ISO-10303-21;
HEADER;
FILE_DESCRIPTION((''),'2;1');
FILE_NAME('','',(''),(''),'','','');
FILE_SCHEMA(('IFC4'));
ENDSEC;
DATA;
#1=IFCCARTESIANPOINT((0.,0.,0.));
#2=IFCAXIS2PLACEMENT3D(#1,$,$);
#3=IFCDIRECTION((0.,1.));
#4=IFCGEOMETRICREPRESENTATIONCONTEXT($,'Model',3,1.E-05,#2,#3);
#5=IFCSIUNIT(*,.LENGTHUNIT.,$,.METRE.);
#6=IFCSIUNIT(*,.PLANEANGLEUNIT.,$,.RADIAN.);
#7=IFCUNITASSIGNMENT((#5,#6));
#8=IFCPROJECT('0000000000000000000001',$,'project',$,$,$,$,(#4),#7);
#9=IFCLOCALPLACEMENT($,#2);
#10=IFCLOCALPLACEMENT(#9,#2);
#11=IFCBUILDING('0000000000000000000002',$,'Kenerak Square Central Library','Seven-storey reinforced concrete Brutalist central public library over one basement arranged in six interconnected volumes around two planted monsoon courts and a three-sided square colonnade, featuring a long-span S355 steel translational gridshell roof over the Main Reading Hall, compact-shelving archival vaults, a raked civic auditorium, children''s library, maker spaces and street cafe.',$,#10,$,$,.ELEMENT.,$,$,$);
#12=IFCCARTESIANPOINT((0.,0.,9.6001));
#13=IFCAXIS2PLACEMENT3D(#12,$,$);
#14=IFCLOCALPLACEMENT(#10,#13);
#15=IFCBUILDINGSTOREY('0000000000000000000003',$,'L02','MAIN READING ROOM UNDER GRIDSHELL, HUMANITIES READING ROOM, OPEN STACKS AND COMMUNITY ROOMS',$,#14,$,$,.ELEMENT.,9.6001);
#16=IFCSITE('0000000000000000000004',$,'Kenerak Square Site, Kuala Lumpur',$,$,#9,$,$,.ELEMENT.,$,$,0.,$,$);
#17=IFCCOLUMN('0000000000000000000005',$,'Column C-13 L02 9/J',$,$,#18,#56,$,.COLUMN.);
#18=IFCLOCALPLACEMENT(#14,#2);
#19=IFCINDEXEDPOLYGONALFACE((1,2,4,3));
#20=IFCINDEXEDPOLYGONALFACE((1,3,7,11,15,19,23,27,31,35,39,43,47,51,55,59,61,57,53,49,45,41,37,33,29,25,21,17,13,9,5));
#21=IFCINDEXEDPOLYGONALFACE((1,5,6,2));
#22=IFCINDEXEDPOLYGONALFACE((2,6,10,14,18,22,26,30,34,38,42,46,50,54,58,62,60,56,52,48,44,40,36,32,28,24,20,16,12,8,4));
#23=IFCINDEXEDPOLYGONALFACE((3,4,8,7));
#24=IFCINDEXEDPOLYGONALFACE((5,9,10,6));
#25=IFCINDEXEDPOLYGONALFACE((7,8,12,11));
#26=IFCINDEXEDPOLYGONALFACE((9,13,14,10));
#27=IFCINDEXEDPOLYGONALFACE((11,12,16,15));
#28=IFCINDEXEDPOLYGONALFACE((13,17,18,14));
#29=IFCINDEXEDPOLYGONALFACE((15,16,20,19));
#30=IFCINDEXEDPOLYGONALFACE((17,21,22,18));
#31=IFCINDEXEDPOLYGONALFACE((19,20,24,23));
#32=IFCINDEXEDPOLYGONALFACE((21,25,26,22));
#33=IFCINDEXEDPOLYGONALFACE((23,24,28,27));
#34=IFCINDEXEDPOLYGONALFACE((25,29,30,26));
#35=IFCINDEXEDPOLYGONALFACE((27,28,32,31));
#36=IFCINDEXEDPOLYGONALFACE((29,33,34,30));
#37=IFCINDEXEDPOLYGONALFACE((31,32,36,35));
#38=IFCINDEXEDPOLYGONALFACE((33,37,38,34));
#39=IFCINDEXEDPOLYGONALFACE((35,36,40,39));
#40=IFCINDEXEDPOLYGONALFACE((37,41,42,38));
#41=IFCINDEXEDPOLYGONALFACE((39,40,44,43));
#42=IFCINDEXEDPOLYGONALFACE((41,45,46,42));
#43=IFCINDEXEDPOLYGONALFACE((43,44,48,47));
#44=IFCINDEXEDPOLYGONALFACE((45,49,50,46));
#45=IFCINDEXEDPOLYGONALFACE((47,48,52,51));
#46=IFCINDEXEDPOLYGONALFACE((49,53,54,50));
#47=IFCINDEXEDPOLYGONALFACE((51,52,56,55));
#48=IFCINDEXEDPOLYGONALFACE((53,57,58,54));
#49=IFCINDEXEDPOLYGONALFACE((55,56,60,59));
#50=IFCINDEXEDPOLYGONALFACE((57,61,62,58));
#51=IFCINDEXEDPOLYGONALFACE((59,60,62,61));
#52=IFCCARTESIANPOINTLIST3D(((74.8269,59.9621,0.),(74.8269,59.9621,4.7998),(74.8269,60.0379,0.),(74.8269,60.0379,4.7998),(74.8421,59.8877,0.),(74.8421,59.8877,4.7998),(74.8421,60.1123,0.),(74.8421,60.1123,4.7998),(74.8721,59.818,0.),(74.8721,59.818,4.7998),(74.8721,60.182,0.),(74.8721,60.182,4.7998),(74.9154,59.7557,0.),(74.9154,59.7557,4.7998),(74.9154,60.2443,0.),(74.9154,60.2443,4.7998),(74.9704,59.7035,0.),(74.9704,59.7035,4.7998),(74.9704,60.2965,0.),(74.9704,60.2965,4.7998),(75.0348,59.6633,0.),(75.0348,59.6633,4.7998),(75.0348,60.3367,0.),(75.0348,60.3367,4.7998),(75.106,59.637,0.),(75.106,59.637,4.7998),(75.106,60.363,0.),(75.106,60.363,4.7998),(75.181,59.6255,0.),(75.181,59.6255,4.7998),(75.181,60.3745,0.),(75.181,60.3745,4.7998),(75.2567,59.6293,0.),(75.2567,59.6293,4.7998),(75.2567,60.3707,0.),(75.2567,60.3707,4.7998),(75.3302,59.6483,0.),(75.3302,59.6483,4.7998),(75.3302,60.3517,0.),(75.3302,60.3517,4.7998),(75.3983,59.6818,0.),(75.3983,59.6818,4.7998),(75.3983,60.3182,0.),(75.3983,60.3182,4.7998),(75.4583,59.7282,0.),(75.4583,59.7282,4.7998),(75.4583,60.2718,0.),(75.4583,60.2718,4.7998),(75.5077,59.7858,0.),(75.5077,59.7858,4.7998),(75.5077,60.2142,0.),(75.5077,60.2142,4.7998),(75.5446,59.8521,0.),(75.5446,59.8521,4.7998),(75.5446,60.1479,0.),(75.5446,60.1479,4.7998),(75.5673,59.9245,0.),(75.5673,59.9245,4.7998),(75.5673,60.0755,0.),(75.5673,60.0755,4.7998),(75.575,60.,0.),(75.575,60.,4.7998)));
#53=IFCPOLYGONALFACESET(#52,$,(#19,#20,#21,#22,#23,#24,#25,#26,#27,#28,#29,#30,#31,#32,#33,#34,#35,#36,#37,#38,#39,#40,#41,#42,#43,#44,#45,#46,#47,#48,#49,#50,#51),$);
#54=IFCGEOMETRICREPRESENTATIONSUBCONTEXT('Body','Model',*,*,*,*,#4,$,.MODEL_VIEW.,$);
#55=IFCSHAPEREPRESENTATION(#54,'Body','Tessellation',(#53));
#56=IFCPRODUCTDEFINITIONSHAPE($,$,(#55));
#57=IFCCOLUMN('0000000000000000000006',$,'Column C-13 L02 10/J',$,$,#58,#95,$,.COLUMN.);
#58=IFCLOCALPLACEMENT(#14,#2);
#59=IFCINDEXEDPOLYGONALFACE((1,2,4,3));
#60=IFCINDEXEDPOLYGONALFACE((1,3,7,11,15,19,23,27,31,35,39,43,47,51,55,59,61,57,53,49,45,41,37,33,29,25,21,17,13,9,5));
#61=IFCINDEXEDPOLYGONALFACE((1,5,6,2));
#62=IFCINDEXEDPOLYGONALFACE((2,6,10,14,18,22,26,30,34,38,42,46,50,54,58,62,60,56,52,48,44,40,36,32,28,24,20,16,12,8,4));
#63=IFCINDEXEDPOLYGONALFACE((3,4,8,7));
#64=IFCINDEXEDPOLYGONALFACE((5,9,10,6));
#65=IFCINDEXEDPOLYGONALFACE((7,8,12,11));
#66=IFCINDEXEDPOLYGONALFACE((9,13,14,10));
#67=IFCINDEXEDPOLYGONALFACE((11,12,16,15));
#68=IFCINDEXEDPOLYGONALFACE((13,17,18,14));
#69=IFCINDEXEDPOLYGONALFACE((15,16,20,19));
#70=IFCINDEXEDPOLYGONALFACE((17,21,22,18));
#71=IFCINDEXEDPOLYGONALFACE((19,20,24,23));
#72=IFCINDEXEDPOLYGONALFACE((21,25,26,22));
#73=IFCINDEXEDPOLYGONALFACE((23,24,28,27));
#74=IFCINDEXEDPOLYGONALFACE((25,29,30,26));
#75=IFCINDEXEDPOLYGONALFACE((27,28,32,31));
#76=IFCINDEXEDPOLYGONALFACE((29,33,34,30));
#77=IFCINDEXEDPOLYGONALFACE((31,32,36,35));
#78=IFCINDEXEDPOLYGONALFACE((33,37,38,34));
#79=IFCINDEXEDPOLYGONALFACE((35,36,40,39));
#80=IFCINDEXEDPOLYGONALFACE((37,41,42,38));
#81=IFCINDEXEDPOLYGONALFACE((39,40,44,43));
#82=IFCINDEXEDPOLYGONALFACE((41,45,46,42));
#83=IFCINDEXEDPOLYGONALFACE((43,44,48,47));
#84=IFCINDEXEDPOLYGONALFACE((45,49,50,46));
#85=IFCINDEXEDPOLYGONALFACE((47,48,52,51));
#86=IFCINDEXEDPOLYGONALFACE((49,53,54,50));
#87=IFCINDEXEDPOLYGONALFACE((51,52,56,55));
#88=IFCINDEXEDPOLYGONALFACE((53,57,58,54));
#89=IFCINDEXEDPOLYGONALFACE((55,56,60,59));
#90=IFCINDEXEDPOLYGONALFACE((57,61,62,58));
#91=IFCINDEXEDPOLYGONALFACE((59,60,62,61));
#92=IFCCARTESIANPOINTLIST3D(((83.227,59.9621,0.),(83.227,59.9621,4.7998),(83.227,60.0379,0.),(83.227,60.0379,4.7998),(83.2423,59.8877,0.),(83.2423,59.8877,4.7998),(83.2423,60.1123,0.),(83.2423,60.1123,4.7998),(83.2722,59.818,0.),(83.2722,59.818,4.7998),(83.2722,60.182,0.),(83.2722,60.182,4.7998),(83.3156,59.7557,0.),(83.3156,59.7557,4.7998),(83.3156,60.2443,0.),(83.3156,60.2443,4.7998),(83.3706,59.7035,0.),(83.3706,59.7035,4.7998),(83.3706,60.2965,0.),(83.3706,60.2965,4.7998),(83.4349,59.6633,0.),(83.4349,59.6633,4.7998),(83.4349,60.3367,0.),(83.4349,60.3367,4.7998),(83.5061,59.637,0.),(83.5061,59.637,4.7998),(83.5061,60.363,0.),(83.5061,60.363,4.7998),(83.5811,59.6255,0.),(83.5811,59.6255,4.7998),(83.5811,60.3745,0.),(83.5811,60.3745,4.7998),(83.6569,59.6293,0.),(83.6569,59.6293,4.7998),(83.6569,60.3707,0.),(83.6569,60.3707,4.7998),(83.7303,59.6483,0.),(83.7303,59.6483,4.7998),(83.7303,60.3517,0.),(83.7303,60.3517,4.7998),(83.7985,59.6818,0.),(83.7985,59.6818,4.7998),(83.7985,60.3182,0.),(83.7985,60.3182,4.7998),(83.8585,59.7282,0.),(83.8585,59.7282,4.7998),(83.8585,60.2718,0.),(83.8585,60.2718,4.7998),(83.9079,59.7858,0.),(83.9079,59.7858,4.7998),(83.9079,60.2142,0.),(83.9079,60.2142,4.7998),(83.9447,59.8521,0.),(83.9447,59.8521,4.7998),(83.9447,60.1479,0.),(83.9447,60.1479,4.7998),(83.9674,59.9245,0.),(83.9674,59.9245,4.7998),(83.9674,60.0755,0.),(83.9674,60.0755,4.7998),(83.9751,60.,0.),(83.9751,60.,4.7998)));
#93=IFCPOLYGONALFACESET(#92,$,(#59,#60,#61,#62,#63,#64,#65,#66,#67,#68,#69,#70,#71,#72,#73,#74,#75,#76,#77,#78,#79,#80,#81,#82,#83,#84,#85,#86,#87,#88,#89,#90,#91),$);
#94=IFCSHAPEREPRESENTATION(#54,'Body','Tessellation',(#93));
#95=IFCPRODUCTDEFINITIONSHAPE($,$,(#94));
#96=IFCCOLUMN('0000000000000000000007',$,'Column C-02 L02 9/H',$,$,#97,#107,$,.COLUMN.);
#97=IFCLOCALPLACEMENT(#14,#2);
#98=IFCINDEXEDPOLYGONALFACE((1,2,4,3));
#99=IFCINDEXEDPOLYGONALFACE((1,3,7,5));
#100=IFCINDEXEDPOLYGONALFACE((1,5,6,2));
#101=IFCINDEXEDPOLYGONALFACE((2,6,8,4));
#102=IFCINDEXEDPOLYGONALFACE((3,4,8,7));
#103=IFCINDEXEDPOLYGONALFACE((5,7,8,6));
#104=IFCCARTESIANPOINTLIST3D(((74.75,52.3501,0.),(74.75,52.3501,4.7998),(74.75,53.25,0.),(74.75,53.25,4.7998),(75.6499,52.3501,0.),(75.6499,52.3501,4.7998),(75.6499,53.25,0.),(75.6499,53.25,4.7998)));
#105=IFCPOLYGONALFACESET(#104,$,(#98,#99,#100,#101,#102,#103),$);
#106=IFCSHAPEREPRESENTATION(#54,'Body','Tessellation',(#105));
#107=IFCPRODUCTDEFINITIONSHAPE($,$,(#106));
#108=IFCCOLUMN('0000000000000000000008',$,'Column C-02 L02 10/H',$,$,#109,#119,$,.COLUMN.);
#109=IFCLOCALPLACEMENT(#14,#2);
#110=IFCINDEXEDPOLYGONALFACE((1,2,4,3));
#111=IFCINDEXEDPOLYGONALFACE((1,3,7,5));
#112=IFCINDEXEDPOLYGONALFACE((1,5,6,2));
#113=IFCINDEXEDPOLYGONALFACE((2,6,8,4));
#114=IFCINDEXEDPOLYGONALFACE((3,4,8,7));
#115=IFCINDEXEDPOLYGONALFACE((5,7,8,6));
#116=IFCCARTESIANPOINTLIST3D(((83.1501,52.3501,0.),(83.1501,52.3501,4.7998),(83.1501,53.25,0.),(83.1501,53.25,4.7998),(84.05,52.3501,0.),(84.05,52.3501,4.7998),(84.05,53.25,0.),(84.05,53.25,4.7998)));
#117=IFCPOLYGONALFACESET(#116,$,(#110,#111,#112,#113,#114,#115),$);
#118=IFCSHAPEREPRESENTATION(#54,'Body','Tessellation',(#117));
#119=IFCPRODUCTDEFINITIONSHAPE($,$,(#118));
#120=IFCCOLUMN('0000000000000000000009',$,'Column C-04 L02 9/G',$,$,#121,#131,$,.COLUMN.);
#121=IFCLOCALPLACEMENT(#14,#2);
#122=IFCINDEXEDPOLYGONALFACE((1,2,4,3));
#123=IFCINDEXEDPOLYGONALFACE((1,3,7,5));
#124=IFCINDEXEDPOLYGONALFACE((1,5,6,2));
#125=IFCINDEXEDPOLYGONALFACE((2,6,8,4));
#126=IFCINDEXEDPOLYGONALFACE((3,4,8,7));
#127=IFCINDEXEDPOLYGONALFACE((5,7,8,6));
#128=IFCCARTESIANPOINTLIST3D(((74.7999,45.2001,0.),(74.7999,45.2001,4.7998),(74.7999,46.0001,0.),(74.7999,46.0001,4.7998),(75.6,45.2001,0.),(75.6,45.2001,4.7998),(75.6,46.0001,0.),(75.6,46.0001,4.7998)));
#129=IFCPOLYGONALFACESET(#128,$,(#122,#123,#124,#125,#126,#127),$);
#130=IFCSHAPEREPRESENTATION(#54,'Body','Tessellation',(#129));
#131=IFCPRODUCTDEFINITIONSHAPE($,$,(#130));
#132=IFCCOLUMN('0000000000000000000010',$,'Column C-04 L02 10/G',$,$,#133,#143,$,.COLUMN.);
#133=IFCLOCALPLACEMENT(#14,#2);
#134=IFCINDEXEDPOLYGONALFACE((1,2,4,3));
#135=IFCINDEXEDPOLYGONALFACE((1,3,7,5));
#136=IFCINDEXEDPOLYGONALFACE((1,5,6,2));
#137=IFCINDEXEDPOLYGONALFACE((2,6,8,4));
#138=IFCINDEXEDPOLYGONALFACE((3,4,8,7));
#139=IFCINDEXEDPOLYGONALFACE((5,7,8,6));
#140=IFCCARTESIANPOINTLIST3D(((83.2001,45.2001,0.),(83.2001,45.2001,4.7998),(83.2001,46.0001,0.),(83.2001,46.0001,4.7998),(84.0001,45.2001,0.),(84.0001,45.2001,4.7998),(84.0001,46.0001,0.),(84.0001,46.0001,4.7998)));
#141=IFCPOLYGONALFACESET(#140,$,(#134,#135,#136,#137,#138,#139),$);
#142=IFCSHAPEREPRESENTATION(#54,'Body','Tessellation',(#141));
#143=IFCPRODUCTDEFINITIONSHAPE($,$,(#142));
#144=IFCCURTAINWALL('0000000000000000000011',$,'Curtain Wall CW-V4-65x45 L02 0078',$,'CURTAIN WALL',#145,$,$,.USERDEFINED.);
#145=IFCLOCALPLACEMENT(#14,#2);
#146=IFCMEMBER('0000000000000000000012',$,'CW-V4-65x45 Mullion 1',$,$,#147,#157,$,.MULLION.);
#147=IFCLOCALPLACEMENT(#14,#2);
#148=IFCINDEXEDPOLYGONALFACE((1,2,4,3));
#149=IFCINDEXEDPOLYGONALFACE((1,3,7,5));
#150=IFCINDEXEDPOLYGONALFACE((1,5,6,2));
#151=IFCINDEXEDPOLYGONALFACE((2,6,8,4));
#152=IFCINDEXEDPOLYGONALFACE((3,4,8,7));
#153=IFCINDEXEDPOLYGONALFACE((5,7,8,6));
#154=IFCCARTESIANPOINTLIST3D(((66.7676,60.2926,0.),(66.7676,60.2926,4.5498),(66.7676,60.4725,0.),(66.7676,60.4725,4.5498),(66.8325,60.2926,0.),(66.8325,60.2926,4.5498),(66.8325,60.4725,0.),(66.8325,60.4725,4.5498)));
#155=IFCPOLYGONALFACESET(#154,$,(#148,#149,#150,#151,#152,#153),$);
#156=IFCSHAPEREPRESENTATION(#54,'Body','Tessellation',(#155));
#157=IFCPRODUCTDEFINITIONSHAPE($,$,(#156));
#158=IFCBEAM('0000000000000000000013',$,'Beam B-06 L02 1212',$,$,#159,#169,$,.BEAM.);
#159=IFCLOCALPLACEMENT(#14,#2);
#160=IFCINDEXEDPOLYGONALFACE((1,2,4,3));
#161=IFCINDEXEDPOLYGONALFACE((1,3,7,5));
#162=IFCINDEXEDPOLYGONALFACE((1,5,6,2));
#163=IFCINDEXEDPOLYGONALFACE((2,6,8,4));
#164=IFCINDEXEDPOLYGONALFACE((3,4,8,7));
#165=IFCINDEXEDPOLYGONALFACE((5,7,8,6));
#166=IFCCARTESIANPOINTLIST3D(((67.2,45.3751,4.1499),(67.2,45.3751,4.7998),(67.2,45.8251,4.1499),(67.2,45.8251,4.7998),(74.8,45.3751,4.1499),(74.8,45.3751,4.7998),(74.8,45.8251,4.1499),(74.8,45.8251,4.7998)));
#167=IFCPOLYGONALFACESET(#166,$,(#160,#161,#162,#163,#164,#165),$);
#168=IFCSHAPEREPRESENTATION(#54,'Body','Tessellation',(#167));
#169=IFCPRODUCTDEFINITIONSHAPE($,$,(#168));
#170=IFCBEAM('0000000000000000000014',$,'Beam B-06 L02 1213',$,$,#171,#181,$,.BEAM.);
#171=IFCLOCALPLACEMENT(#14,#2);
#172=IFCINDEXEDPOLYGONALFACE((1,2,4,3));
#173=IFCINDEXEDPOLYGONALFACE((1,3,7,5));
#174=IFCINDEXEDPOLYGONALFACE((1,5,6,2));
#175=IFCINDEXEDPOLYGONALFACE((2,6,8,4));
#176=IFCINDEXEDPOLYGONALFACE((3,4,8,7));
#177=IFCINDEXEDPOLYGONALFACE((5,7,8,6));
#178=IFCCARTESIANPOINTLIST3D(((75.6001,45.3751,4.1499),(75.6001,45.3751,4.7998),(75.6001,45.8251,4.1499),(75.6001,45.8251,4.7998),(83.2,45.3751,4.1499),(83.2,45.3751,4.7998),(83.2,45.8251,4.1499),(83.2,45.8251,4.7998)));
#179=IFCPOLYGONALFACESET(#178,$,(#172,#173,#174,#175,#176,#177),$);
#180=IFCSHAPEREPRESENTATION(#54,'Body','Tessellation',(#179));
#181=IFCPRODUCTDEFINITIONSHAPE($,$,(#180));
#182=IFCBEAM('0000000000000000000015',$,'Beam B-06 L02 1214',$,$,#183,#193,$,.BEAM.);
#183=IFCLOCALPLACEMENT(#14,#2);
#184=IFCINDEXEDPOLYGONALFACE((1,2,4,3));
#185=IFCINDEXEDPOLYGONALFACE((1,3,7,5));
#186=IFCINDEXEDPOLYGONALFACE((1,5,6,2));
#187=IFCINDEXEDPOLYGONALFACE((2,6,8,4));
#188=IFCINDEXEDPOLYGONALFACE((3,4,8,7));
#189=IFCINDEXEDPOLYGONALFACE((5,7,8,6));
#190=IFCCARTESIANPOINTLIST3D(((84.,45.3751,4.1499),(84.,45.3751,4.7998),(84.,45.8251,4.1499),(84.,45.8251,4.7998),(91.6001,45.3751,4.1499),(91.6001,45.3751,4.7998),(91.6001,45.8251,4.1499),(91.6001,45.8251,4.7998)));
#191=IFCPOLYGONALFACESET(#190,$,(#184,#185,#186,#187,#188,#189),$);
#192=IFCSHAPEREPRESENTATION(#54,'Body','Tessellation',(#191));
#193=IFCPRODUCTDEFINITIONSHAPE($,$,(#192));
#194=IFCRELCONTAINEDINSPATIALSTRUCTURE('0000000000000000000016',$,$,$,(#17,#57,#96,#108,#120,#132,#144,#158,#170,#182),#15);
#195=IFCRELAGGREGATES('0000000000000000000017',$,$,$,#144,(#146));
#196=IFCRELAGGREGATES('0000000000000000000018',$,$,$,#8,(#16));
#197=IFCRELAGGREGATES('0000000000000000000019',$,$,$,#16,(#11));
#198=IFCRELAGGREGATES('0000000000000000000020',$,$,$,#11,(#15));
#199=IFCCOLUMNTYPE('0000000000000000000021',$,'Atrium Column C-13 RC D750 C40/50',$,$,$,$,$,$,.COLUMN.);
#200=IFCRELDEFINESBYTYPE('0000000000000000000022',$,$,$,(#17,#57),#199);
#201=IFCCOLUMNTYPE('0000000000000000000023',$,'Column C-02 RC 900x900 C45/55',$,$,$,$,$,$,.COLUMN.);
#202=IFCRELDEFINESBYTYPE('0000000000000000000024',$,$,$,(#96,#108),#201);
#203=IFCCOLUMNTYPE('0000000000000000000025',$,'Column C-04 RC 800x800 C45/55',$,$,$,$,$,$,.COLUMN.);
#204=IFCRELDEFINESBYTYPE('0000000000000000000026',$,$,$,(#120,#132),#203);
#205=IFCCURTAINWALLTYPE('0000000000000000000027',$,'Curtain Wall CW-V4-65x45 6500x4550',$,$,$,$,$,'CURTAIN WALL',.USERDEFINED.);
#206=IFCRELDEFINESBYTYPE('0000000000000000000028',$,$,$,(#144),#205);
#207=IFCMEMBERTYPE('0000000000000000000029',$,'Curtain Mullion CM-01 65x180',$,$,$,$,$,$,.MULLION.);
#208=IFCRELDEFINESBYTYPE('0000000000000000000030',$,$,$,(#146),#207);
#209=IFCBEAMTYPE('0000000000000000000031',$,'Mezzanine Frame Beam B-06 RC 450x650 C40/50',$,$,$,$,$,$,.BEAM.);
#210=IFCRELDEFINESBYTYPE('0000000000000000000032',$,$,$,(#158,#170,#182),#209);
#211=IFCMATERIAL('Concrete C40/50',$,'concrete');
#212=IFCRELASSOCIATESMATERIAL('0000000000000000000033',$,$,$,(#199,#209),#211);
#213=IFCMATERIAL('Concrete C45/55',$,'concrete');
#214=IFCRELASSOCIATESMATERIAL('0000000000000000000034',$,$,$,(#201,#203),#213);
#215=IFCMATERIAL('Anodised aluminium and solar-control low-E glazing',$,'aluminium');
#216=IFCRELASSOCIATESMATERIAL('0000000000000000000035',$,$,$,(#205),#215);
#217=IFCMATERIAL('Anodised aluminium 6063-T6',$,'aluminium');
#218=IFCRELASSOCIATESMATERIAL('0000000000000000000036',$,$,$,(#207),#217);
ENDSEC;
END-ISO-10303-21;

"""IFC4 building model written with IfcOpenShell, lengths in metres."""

from ifc_helpers import new_model, si_unit, direction, frame, origin, origin_2d, place, context, subcontext, project, spatial, rectangle, circle, extrude, material, material_profile, profile_set, type_object, element, aggregate, save


model = new_model("IFC4")

# Units and contexts
model_context = context("Model", 3, precision=1e-05, world=origin(), true_north=direction((0.0, 1.0)))
body_context = subcontext(model_context, "Body", "Model", "MODEL_VIEW")
ifc_project = project(units=[si_unit("LENGTHUNIT", "METRE"), si_unit("PLANEANGLEUNIT", "RADIAN")], contexts=[model_context])

# Site, building, storey
site_placement = place(None, origin())
site = spatial("IfcSite", under=ifc_project, at=site_placement, Name="Kenerak Square Site, Kuala Lumpur", CompositionType="ELEMENT", RefElevation=0.0)
building_placement = place(site_placement, origin())
building = spatial("IfcBuilding", under=site, at=building_placement, Name="Kenerak Square Central Library", Description="Seven-storey reinforced concrete Brutalist central public library over one basement arranged in six interconnected volumes around two planted monsoon courts and a three-sided square colonnade, featuring a long-span S355 steel translational gridshell roof over the Main Reading Hall, compact-shelving archival vaults, a raked civic auditorium, children's library, maker spaces and street cafe.", CompositionType="ELEMENT")
storey_placement = place(building_placement, frame((0.0, 0.0, 9.6001)))
storey = spatial("IfcBuildingStorey", under=building, at=storey_placement, Name="L02", Description="MAIN READING ROOM UNDER GRIDSHELL, HUMANITIES READING ROOM, OPEN STACKS AND COMMUNITY ROOMS", CompositionType="ELEMENT", Elevation=9.6001)

# Columns
ifc_material_1 = material(Name="Concrete C40/50", Category="concrete")
ifc_material_profile_1 = material_profile(ifc_material_1, circle(Radius=0.375, at=origin_2d()), Name="RC D750")
ifc_profile_set_1 = profile_set([ifc_material_profile_1], Name="Concrete C40/50")
column_type_1 = type_object("IfcColumnType", Name="Atrium Column C-13 RC D750 C40/50", PredefinedType="COLUMN", material=ifc_profile_set_1)
for number, where, z_axis, x_axis, name in (
    (1, (75.2, 60.0, 0.0), (0.0, 0.0, 1.0), (1.0, 0.0, 0.0), "Column C-13 L02 9/J"),
    (2, (83.6001, 60.0, 0.0), (0.0, 0.0, 1.0), (1.0, 0.0, 0.0), "Column C-13 L02 10/J"),
):
    element("IfcColumn", number, at=place(storey_placement, frame(where, z_axis=z_axis, x_axis=x_axis)), inside=storey, type_object=column_type_1, Name=name, PredefinedType="COLUMN", context=body_context, shape_type="SweptSolid", body=[
        extrude(circle(Radius=0.375, at=origin_2d()), origin(), (0.0, 0.0, 1.0), 4.7998),
    ])
ifc_material_2 = material(Name="Concrete C45/55", Category="concrete")
ifc_material_profile_2 = material_profile(ifc_material_2, rectangle(XDim=0.8999, YDim=0.8999, at=origin_2d()), Name="RC 900x900")
ifc_profile_set_2 = profile_set([ifc_material_profile_2], Name="Concrete C45/55")
column_type_2 = type_object("IfcColumnType", Name="Column C-02 RC 900x900 C45/55", PredefinedType="COLUMN", material=ifc_profile_set_2)
for number, where, z_axis, x_axis, name in (
    (3, (75.2, 52.8, 0.0), (0.0, 0.0, 1.0), (1.0, 0.0, 0.0), "Column C-02 L02 9/H"),
    (4, (83.6001, 52.8, 0.0), (0.0, 0.0, 1.0), (1.0, 0.0, 0.0), "Column C-02 L02 10/H"),
):
    element("IfcColumn", number, at=place(storey_placement, frame(where, z_axis=z_axis, x_axis=x_axis)), inside=storey, type_object=column_type_2, Name=name, PredefinedType="COLUMN", context=body_context, shape_type="SweptSolid", body=[
        extrude(rectangle(XDim=0.8999, YDim=0.8999, at=origin_2d()), origin(), (0.0, 0.0, 1.0), 4.7998),
    ])
ifc_material_profile_3 = material_profile(ifc_material_2, rectangle(XDim=0.8, YDim=0.8, at=origin_2d()), Name="RC 800x800")
ifc_profile_set_3 = profile_set([ifc_material_profile_3], Name="Concrete C45/55")
column_type_3 = type_object("IfcColumnType", Name="Column C-04 RC 800x800 C45/55", PredefinedType="COLUMN", material=ifc_profile_set_3)
for number, where, z_axis, x_axis, name in (
    (5, (75.2, 45.6001, 0.0), (0.0, 0.0, 1.0), (1.0, 0.0, 0.0), "Column C-04 L02 9/G"),
    (6, (83.6001, 45.6001, 0.0), (0.0, 0.0, 1.0), (1.0, 0.0, 0.0), "Column C-04 L02 10/G"),
):
    element("IfcColumn", number, at=place(storey_placement, frame(where, z_axis=z_axis, x_axis=x_axis)), inside=storey, type_object=column_type_3, Name=name, PredefinedType="COLUMN", context=body_context, shape_type="SweptSolid", body=[
        extrude(rectangle(XDim=0.8, YDim=0.8, at=origin_2d()), origin(), (0.0, 0.0, 1.0), 4.7998),
    ])

# Curtain wall, member
ifc_material_3 = material(Name="Anodised aluminium and solar-control low-E glazing", Category="aluminium")
curtain_wall_type = type_object("IfcCurtainWallType", Name="Curtain Wall CW-V4-65x45 6500x4550", ElementType="CURTAIN WALL", PredefinedType="USERDEFINED", material=ifc_material_3)
curtain_wall_placement = place(storey_placement, origin())
curtain_wall = element("IfcCurtainWall", 7, at=curtain_wall_placement, inside=storey, type_object=curtain_wall_type, Name="Curtain Wall CW-V4-65x45 L02 0078", ObjectType="CURTAIN WALL", PredefinedType="USERDEFINED")
ifc_material_4 = material(Name="Anodised aluminium 6063-T6", Category="aluminium")
ifc_material_profile_4 = material_profile(ifc_material_4, rectangle(XDim=0.0649, YDim=0.1799, at=origin_2d()), Name="AL MULLION 65x180")
ifc_profile_set_4 = profile_set([ifc_material_profile_4], Name="Anodised aluminium 6063-T6")
member_type = type_object("IfcMemberType", Name="Curtain Mullion CM-01 65x180", PredefinedType="MULLION", material=ifc_profile_set_4)
member_placement = place(storey_placement, frame((66.8, 60.3826, 0.0), z_axis=(0.0, 0.0, 1.0), x_axis=(-1.0, 0.0, 0.0)))
member = element("IfcMember", 8, at=member_placement, type_object=member_type, Name="CW-V4-65x45 Mullion 1", PredefinedType="MULLION", context=body_context, shape_type="SweptSolid", body=[
    extrude(rectangle(XDim=0.0649, YDim=0.1799, at=origin_2d()), origin(), (0.0, 0.0, 1.0), 4.5498),
])
aggregate(curtain_wall, [member])

# Beams
ifc_material_profile_5 = material_profile(ifc_material_1, rectangle(XDim=0.45, YDim=0.6499, at=origin_2d()), Name="RC 450x650")
ifc_profile_set_5 = profile_set([ifc_material_profile_5], Name="Concrete C40/50")
beam_type_1 = type_object("IfcBeamType", Name="Mezzanine Frame Beam B-06 RC 450x650 C40/50", PredefinedType="BEAM", material=ifc_profile_set_5)
beam_1_placement = place(storey_placement, frame((67.2, 45.6001, 4.4749), z_axis=(1.0, 0.0, 0.0), x_axis=(0.0, 1.0, 0.0)))
element("IfcBeam", 9, at=beam_1_placement, inside=storey, type_object=beam_type_1, Name="Beam B-06 L02 1212", PredefinedType="BEAM", context=body_context, shape_type="SweptSolid", body=[
    extrude(rectangle(XDim=0.45, YDim=0.6499, at=origin_2d()), origin(), (0.0, 0.0, 1.0), 7.6001),
])
beam_2_placement = place(storey_placement, frame((75.6001, 45.6001, 4.4749), z_axis=(1.0, 0.0, 0.0), x_axis=(0.0, 1.0, 0.0)))
element("IfcBeam", 10, at=beam_2_placement, inside=storey, type_object=beam_type_1, Name="Beam B-06 L02 1213", PredefinedType="BEAM", context=body_context, shape_type="SweptSolid", body=[
    extrude(rectangle(XDim=0.45, YDim=0.6499, at=origin_2d()), origin(), (0.0, 0.0, 1.0), 7.5999),
])
beam_3_placement = place(storey_placement, frame((84.0, 45.6001, 4.4749), z_axis=(1.0, 0.0, 0.0), x_axis=(0.0, 1.0, 0.0)))
element("IfcBeam", 11, at=beam_3_placement, inside=storey, type_object=beam_type_1, Name="Beam B-06 L02 1214", PredefinedType="BEAM", context=body_context, shape_type="SweptSolid", body=[
    extrude(rectangle(XDim=0.45, YDim=0.6499, at=origin_2d()), origin(), (0.0, 0.0, 1.0), 7.6001),
])

save(model, "model.ifc")
